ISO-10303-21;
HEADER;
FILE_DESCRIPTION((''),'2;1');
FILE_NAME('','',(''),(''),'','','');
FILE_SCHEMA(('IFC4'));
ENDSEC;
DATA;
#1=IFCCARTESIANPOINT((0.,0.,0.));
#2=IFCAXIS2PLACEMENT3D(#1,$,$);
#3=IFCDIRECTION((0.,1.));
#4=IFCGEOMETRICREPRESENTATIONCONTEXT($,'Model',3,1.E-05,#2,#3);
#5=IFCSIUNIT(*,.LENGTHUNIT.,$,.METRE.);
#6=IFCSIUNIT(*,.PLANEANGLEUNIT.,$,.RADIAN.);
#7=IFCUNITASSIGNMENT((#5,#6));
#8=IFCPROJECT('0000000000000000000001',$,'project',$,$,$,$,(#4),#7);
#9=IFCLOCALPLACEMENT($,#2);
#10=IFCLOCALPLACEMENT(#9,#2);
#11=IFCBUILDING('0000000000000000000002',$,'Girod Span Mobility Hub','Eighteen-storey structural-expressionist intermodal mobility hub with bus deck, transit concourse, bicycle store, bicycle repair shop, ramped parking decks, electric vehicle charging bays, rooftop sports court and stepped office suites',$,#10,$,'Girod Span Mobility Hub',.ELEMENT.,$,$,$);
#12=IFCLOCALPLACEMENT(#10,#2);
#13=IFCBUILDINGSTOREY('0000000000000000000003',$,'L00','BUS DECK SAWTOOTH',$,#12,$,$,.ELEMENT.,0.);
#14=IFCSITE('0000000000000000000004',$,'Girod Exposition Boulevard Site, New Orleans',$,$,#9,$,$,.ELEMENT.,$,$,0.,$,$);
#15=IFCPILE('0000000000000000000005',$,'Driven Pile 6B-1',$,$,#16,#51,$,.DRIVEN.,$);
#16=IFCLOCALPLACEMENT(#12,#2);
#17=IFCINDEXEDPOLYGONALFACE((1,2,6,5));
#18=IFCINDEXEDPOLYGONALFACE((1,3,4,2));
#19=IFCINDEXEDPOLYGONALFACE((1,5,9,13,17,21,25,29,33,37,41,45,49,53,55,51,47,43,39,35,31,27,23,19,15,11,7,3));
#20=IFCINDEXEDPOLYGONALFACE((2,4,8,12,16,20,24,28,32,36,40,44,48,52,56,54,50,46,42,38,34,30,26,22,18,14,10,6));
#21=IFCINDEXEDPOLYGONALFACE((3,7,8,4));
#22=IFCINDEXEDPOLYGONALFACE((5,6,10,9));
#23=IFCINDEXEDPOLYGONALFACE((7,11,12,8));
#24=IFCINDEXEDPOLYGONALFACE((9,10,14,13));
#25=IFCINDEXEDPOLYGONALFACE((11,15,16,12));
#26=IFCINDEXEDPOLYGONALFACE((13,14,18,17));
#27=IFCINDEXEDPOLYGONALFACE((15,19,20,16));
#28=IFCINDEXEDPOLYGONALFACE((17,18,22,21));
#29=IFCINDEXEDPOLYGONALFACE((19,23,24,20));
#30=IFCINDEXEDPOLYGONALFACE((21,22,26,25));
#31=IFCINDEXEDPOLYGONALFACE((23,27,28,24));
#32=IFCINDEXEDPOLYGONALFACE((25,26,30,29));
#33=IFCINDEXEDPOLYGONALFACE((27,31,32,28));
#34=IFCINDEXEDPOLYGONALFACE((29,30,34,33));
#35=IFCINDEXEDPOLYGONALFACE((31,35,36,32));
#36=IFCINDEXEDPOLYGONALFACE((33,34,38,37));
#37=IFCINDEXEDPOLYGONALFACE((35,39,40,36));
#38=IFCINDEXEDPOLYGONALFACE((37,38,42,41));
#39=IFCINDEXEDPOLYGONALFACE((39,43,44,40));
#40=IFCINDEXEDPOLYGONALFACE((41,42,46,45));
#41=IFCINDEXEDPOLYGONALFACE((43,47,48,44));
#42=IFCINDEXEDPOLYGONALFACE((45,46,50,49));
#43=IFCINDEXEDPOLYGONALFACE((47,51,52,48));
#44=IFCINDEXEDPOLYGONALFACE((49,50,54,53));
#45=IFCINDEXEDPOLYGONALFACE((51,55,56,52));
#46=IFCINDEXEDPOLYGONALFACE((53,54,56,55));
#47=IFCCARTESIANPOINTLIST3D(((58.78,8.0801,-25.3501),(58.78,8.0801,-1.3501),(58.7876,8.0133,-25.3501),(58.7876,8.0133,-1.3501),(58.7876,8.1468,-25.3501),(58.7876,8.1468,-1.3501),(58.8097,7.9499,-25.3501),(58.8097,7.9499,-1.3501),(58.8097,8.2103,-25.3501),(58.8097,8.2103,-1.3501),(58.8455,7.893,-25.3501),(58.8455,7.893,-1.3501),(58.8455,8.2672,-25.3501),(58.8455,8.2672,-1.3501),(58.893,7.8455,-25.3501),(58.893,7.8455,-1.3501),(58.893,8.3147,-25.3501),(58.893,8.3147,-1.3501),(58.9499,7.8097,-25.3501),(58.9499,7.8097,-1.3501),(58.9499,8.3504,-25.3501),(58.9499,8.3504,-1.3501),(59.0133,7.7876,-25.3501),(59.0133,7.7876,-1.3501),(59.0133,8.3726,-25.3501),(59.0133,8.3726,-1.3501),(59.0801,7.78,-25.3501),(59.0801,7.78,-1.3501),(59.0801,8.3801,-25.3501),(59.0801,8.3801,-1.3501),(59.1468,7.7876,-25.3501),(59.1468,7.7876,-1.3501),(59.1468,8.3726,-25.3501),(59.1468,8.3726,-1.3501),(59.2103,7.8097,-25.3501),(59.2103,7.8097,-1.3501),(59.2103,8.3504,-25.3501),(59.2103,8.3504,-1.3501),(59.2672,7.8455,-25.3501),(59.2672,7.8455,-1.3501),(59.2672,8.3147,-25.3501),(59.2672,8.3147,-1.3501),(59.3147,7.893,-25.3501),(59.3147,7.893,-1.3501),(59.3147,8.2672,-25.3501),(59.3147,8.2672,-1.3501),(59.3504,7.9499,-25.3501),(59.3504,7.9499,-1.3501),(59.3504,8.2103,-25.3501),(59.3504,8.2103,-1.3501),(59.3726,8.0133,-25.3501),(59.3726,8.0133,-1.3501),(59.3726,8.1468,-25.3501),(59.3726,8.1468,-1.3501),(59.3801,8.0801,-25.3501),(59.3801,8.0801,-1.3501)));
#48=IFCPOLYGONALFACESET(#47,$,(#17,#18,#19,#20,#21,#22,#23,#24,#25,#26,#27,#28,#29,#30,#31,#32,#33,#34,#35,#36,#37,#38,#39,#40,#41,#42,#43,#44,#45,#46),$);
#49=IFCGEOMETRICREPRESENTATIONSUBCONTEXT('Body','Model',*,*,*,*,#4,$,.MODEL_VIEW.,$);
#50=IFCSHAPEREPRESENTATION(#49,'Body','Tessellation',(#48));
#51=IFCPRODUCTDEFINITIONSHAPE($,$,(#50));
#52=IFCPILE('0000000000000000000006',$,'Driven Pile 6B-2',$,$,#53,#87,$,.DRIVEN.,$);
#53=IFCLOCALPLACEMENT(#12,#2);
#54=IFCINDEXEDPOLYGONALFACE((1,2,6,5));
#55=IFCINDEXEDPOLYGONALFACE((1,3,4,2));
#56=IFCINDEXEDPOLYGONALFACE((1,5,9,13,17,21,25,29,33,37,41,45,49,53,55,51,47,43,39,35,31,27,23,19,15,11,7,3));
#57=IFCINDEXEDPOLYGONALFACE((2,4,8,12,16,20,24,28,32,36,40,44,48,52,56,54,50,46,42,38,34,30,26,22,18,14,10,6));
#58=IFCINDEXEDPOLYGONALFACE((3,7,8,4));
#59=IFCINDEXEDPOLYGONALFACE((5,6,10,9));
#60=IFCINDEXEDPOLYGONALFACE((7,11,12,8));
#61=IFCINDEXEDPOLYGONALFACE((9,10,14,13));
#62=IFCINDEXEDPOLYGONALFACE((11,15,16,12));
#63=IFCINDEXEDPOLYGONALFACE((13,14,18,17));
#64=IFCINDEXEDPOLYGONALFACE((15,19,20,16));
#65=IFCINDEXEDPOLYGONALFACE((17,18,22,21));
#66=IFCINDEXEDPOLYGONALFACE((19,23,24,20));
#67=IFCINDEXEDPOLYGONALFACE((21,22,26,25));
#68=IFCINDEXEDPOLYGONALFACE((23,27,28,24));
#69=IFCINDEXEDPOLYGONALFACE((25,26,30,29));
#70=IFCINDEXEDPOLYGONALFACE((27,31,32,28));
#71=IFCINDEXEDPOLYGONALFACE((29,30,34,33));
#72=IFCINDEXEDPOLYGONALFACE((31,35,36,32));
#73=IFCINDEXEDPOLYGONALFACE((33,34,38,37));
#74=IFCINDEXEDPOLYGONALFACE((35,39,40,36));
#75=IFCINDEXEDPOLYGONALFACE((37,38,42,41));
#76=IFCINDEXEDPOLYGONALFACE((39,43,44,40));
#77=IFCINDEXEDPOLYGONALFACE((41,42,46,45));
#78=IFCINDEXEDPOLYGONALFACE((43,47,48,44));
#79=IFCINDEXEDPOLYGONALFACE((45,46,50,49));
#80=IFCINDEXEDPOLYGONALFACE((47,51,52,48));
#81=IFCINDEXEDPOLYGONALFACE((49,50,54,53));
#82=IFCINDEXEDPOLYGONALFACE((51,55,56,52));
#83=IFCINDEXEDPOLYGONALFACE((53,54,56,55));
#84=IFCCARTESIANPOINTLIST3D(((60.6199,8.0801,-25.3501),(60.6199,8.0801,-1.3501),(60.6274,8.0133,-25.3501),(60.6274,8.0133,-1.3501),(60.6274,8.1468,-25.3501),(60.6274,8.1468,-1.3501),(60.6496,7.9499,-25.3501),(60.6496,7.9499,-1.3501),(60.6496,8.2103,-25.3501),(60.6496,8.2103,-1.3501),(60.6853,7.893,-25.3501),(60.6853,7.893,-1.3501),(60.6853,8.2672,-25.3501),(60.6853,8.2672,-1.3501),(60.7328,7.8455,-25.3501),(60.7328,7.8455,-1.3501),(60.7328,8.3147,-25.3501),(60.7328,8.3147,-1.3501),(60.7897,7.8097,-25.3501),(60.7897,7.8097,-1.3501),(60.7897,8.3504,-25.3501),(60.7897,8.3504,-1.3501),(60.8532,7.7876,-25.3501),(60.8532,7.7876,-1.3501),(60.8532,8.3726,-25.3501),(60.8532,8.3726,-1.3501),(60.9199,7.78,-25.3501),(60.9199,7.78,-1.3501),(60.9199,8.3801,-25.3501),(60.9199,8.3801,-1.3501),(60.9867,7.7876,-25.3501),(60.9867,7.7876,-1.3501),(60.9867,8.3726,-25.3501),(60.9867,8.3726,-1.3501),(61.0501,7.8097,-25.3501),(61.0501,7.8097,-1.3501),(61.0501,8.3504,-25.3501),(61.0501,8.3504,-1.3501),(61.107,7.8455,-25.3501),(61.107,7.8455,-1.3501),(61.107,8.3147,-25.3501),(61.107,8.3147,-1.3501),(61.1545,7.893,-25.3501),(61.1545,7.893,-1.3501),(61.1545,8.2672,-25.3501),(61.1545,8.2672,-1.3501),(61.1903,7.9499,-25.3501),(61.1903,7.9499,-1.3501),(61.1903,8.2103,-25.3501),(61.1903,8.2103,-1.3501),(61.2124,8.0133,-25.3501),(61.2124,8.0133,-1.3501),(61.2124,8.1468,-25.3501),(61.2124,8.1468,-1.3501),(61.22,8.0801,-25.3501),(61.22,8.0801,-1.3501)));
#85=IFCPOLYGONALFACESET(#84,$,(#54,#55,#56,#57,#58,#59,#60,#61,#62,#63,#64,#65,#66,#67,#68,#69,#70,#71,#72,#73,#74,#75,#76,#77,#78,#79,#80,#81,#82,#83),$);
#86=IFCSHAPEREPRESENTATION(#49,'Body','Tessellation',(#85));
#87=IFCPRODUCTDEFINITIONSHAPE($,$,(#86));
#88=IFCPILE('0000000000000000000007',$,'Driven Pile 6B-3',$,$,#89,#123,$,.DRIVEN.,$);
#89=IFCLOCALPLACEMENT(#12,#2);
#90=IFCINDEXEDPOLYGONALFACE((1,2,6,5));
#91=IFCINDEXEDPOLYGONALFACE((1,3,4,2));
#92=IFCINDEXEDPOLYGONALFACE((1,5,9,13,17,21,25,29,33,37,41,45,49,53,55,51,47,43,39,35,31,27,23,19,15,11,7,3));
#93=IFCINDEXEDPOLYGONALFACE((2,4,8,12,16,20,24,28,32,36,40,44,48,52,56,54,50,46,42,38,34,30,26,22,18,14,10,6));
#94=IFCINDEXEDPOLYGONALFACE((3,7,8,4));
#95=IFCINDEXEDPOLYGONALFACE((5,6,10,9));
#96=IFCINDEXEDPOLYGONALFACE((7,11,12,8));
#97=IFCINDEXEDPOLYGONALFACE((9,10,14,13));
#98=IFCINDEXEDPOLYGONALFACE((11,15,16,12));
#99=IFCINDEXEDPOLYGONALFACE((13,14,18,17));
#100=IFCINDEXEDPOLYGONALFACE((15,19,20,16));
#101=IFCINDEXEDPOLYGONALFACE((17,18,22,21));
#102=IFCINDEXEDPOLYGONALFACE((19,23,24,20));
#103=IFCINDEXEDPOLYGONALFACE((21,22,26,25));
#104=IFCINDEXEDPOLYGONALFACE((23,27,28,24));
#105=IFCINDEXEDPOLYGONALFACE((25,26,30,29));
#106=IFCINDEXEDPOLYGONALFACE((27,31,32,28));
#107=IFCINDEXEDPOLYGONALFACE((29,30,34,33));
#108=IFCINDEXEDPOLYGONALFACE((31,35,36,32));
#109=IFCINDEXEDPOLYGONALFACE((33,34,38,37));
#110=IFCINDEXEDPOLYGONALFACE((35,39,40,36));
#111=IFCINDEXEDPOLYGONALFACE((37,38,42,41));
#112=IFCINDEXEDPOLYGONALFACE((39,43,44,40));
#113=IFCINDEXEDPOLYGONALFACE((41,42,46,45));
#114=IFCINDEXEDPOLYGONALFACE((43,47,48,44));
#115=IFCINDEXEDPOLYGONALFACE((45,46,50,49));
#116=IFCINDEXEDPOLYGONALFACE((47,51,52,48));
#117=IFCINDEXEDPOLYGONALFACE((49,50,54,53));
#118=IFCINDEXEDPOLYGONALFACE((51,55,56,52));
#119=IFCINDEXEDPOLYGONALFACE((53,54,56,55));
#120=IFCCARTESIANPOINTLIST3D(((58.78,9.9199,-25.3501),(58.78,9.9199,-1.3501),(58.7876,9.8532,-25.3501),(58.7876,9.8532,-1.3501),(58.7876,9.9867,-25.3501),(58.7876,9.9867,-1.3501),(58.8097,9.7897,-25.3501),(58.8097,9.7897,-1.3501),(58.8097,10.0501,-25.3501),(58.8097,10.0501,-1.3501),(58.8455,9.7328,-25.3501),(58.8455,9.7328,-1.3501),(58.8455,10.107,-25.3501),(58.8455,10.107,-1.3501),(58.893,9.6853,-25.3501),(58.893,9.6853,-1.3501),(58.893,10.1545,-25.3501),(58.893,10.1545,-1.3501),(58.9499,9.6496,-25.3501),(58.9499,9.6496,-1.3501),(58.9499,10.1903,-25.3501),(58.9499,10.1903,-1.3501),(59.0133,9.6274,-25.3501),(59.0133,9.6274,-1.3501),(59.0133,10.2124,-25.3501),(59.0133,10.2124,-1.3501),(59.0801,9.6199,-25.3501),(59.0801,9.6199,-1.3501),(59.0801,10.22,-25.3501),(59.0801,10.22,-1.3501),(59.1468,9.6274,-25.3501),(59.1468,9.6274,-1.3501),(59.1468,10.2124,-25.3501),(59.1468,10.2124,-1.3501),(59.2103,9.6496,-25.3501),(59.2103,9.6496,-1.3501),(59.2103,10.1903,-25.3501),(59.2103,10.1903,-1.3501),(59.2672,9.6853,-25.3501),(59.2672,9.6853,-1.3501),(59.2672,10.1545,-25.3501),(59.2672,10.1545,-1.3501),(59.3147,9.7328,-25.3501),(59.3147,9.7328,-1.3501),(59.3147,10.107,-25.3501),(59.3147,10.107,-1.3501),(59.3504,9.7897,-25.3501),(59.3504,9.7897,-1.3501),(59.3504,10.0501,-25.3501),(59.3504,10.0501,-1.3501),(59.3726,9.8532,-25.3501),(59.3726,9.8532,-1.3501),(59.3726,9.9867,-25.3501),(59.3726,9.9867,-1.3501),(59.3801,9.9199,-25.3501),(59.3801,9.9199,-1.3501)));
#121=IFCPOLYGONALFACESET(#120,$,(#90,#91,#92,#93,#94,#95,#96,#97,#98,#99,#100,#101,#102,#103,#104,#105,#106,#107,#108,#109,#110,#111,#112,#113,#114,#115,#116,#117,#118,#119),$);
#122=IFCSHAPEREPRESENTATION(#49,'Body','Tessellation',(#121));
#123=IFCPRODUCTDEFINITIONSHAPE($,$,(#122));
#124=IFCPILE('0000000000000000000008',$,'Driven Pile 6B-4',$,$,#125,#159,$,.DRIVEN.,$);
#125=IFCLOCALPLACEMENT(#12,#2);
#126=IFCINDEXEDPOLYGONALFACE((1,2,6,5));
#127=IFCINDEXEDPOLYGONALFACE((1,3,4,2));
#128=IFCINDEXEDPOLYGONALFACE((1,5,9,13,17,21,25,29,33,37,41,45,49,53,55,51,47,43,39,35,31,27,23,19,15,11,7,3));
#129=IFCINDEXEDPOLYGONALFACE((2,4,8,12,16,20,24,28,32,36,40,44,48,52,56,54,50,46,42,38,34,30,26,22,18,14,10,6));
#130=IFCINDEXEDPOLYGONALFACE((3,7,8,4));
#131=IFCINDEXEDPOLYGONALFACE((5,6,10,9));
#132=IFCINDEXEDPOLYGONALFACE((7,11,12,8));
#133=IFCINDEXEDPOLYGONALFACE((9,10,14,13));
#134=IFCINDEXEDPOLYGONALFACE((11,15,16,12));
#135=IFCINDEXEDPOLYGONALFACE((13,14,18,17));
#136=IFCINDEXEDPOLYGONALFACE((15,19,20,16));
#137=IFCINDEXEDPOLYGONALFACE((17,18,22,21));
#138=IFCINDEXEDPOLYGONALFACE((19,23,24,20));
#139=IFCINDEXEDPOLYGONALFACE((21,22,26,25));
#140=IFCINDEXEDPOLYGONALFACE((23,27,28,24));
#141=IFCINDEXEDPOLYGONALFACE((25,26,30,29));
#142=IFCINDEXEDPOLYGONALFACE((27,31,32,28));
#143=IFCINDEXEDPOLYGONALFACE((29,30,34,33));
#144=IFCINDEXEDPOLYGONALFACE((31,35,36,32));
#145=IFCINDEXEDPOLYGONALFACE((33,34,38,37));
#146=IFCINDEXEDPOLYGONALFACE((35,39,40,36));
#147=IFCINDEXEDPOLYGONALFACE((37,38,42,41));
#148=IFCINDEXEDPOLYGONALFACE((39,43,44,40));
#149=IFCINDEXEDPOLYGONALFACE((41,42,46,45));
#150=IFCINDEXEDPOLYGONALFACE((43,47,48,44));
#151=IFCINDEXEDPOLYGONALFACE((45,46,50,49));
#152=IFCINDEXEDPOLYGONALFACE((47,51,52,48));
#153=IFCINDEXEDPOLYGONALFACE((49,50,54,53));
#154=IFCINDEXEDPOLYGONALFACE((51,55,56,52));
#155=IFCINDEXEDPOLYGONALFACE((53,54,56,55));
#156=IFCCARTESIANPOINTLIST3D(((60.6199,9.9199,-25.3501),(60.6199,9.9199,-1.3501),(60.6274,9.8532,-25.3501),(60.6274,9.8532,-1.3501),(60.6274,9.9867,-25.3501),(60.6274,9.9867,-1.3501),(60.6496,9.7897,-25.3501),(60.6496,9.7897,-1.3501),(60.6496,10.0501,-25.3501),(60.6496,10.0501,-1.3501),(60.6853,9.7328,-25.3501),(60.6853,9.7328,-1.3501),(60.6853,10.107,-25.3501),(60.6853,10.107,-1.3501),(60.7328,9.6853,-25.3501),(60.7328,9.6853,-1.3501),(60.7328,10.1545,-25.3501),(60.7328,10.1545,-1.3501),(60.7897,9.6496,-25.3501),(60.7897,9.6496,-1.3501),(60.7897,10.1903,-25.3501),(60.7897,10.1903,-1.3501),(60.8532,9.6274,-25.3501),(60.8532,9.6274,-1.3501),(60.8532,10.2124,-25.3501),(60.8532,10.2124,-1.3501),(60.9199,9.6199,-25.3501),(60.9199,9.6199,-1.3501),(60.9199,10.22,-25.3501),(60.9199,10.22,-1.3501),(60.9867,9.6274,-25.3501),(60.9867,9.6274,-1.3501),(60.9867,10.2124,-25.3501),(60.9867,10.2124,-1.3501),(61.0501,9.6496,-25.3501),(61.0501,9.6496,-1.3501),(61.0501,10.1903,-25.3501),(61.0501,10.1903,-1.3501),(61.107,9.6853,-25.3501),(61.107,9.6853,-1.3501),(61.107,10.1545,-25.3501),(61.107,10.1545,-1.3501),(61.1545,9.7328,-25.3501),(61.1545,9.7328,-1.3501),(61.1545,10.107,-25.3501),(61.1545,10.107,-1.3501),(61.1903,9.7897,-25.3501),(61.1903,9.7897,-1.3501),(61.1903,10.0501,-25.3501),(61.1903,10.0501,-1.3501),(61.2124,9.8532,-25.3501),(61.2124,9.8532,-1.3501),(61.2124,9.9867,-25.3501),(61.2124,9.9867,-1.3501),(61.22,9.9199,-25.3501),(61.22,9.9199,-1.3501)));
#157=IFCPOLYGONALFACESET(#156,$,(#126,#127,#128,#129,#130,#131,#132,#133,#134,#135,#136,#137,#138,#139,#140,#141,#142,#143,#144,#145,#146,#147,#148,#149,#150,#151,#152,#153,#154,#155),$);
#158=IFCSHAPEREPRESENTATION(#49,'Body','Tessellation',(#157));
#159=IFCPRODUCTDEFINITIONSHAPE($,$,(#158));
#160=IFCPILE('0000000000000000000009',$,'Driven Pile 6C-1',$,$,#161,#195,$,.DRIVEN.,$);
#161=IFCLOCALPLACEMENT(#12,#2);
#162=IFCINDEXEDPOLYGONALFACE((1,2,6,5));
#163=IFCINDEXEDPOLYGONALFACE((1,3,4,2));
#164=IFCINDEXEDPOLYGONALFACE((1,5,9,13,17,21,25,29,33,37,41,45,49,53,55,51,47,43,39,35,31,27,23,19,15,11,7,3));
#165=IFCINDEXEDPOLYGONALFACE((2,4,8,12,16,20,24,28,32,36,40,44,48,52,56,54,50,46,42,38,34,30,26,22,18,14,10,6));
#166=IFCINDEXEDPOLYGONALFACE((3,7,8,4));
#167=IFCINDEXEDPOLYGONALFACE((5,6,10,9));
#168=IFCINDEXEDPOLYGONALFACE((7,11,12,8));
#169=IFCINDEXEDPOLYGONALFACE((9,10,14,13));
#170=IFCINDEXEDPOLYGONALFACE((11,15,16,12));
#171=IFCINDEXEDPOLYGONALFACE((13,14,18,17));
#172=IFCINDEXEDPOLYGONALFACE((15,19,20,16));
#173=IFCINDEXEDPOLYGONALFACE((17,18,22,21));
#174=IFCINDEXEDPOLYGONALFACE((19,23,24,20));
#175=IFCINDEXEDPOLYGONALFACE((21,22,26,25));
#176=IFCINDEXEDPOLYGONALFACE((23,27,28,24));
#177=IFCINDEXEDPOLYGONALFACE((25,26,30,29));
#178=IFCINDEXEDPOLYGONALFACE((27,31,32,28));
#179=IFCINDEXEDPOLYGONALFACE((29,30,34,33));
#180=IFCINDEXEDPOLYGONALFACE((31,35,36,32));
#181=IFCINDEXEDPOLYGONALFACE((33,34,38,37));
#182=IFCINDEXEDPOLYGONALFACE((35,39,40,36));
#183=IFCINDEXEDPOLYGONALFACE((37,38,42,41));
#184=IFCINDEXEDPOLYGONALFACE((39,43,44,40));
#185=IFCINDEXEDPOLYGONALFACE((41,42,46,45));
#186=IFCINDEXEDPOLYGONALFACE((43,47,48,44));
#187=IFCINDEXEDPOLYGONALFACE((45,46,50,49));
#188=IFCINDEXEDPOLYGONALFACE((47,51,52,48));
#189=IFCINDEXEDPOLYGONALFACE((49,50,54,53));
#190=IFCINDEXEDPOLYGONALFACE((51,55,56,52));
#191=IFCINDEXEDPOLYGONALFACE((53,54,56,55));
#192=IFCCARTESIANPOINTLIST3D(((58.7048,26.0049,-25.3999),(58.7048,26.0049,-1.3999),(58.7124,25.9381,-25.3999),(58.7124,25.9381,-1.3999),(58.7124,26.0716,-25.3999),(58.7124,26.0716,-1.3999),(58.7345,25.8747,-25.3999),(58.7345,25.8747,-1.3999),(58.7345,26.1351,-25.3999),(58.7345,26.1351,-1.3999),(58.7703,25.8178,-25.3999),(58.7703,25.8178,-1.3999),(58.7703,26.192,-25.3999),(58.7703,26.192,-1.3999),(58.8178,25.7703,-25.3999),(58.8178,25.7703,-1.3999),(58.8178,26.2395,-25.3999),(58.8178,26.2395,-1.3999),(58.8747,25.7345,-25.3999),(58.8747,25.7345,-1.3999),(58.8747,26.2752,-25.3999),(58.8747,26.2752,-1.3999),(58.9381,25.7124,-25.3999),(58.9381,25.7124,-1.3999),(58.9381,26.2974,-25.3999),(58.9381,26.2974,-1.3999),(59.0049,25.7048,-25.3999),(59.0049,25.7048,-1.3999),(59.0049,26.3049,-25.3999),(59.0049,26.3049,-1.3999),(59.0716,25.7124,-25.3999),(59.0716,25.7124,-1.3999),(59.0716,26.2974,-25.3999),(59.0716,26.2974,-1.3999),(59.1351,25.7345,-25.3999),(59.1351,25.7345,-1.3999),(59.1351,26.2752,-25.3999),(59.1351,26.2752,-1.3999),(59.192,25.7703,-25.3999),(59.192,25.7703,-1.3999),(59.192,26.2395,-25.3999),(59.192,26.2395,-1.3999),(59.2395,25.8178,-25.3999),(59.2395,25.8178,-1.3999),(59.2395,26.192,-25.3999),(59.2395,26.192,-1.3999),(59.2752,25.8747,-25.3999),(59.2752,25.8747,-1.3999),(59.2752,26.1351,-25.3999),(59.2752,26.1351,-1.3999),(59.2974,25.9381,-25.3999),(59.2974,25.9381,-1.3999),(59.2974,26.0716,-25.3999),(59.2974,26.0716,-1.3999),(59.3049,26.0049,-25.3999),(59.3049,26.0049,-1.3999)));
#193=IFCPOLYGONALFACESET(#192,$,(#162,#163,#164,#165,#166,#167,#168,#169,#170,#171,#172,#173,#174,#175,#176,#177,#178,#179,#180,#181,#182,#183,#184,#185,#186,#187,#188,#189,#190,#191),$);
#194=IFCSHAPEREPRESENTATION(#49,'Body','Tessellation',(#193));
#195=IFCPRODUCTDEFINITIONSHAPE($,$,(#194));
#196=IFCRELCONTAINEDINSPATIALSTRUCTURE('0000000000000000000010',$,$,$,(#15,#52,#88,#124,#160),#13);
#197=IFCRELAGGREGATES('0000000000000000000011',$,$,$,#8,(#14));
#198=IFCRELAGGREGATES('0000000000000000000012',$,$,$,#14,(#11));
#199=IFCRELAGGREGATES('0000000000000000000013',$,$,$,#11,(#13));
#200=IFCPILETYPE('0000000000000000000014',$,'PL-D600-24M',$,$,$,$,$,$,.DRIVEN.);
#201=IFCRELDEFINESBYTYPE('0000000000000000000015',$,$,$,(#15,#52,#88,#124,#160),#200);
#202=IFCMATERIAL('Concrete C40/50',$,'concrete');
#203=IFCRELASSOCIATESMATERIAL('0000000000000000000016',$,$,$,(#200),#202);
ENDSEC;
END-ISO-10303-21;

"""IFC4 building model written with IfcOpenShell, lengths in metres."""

from ifc_helpers import new_model, si_unit, direction, frame, origin, origin_2d, place, context, subcontext, project, spatial, circle, extrude, material, material_profile, profile_set, type_object, element, save


model = new_model("IFC4")

# Units and contexts
model_context = context("Model", 3, precision=1e-05, world=origin(), true_north=direction((0.0, 1.0)))
body_context = subcontext(model_context, "Body", "Model", "MODEL_VIEW")
ifc_project = project(units=[si_unit("LENGTHUNIT", "METRE"), si_unit("PLANEANGLEUNIT", "RADIAN")], contexts=[model_context])

# Site, building, storey
site_placement = place(None, origin())
site = spatial("IfcSite", under=ifc_project, at=site_placement, Name="Girod Exposition Boulevard Site, New Orleans", CompositionType="ELEMENT", RefElevation=0.0)
building_placement = place(site_placement, origin())
building = spatial("IfcBuilding", under=site, at=building_placement, Name="Girod Span Mobility Hub", Description="Eighteen-storey structural-expressionist intermodal mobility hub with bus deck, transit concourse, bicycle store, bicycle repair shop, ramped parking decks, electric vehicle charging bays, rooftop sports court and stepped office suites", LongName="Girod Span Mobility Hub", CompositionType="ELEMENT")
storey_placement = place(building_placement, origin())
storey = spatial("IfcBuildingStorey", under=building, at=storey_placement, Name="L00", Description="BUS DECK SAWTOOTH", CompositionType="ELEMENT", Elevation=0.0)

# Piles
ifc_material_1 = material(Name="Concrete C40/50", Category="concrete")
ifc_material_profile_1 = material_profile(ifc_material_1, circle(Radius=0.3, at=origin_2d()), Name="PILE-D600")
ifc_profile_set_1 = profile_set([ifc_material_profile_1], Name="Concrete C40/50")
pile_type_1 = type_object("IfcPileType", Name="PL-D600-24M", PredefinedType="DRIVEN", material=ifc_profile_set_1)
for number, where, z_axis, x_axis, name in (
    (1, (59.0801, 8.0801, -1.3501), (0.0, 0.0, -1.0), (1.0, 0.0, 0.0), "Driven Pile 6B-1"),
    (2, (60.9199, 8.0801, -1.3501), (0.0, 0.0, -1.0), (1.0, 0.0, 0.0), "Driven Pile 6B-2"),
    (3, (59.0801, 9.9199, -1.3501), (0.0, 0.0, -1.0), (1.0, 0.0, 0.0), "Driven Pile 6B-3"),
    (4, (60.9199, 9.9199, -1.3501), (0.0, 0.0, -1.0), (1.0, 0.0, 0.0), "Driven Pile 6B-4"),
    (5, (59.0049, 26.0049, -1.3999), (0.0, 0.0, -1.0), (1.0, 0.0, 0.0), "Driven Pile 6C-1"),
):
    element("IfcPile", number, at=place(storey_placement, frame(where, z_axis=z_axis, x_axis=x_axis)), inside=storey, type_object=pile_type_1, Name=name, PredefinedType="DRIVEN", context=body_context, shape_type="SweptSolid", body=[
        extrude(circle(Radius=0.3, at=origin_2d()), origin(), (0.0, 0.0, 1.0), 24.0),
    ])

save(model, "model.ifc")
